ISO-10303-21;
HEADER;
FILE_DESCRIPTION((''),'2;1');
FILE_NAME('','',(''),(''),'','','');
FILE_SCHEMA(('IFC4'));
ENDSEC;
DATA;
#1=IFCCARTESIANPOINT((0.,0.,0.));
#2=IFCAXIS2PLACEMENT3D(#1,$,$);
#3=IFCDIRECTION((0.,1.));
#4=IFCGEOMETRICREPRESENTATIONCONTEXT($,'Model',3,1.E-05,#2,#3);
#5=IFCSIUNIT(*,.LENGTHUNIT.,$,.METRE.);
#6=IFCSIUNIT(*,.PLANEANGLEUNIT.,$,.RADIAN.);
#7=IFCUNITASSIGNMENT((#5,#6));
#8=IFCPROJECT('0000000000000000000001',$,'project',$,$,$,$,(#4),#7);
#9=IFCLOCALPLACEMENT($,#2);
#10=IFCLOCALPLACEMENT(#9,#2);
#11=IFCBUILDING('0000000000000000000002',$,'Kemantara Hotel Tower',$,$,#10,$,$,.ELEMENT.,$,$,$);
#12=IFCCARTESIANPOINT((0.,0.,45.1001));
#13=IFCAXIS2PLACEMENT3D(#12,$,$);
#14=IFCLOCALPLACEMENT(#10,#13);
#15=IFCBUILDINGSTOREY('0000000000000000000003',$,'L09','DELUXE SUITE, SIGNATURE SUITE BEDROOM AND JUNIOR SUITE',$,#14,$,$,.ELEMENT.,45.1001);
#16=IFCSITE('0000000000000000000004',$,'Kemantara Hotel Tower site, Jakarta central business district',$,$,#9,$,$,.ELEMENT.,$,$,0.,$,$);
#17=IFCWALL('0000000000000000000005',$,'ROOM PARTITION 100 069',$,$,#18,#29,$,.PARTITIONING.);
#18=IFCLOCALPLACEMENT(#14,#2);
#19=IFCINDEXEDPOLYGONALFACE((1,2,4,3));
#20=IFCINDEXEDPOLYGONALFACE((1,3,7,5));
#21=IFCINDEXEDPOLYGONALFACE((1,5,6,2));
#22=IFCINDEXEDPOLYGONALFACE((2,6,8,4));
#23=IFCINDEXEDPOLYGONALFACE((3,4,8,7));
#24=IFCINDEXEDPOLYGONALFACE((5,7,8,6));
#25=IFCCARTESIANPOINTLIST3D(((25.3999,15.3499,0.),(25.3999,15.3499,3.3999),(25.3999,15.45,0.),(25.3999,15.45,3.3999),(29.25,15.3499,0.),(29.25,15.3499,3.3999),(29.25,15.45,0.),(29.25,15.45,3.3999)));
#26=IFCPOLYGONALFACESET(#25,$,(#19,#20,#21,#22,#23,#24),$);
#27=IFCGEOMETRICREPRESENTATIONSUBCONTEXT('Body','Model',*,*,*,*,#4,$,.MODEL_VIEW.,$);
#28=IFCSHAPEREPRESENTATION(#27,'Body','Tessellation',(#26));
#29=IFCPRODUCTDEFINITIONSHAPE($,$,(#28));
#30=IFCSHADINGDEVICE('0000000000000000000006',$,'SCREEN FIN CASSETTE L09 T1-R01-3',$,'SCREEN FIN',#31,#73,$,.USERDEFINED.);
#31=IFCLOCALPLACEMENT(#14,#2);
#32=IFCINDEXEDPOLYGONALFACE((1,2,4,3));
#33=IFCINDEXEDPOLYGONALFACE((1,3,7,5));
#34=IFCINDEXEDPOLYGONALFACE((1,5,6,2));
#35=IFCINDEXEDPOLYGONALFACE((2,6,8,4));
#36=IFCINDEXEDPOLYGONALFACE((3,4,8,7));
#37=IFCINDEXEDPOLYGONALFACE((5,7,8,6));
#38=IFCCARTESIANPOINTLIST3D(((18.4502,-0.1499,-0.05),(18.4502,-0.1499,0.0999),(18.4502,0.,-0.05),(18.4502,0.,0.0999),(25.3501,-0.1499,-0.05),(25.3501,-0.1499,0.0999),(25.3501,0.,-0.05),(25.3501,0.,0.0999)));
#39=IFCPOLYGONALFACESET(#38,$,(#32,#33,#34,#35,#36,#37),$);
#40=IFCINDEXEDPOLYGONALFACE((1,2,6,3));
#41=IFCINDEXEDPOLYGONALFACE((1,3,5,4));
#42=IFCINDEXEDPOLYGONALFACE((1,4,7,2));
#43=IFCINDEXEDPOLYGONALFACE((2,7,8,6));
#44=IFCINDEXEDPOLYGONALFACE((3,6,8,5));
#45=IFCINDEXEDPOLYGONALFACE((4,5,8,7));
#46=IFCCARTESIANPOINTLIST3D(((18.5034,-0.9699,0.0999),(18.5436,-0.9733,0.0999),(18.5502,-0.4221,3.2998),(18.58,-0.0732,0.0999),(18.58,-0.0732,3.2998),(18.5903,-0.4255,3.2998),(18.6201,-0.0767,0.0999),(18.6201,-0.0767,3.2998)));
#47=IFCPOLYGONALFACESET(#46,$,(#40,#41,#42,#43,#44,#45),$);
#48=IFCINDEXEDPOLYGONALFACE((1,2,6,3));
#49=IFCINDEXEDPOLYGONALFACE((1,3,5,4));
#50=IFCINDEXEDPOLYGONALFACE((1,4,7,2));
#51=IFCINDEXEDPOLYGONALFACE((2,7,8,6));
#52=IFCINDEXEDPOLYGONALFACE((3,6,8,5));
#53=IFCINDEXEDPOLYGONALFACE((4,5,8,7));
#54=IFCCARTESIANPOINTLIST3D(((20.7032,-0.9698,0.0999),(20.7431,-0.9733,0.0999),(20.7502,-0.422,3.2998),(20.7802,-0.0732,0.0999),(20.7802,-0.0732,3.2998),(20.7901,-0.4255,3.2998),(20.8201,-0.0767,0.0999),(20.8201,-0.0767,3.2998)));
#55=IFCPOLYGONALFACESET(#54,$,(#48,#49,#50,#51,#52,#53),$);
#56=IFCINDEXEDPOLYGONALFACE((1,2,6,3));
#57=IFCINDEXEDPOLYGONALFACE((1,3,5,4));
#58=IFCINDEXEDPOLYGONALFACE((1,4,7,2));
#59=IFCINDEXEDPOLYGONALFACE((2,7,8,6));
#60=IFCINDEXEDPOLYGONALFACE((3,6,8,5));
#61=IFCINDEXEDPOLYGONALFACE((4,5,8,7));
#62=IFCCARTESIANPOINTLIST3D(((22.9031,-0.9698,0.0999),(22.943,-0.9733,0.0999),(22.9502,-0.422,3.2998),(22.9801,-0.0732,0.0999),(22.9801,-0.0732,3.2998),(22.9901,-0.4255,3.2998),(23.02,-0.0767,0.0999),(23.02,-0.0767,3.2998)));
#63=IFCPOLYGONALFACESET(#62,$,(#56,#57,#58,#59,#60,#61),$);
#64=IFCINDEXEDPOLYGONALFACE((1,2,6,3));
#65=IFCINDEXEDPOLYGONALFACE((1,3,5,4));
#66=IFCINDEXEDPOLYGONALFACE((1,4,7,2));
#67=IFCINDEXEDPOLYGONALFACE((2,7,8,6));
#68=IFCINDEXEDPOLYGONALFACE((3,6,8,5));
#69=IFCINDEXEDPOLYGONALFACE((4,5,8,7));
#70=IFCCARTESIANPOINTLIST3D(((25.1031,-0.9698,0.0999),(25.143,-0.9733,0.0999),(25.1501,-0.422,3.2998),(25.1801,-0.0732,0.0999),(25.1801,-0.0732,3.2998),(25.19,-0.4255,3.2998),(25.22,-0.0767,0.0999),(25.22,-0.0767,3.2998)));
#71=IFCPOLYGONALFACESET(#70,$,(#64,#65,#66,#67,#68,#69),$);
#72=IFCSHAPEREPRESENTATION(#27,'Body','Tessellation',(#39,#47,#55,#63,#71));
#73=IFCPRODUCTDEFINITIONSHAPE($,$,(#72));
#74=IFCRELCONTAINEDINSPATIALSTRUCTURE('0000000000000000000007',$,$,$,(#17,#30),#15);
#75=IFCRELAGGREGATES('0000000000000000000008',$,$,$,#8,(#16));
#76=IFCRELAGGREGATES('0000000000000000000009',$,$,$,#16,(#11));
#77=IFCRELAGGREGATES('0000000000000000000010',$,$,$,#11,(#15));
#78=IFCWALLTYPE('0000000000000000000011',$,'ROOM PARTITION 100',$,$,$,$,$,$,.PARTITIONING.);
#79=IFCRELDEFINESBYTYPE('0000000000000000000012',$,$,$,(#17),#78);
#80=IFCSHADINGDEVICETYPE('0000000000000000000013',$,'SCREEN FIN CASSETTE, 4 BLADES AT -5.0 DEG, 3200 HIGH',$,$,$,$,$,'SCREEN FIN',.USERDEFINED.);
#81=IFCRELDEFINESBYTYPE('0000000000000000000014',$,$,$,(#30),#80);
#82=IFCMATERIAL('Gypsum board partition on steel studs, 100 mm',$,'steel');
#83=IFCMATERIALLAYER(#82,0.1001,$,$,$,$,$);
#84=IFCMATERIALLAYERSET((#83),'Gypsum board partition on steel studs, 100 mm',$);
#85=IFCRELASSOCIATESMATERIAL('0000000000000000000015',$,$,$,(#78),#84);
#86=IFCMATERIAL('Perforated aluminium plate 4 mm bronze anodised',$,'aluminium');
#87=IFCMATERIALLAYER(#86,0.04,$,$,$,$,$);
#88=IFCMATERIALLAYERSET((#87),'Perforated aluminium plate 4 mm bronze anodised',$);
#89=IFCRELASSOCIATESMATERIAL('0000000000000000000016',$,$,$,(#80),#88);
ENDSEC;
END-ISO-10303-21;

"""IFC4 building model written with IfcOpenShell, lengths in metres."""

from ifc_helpers import new_model, si_unit, direction, frame, frame_2d, origin, origin_2d, place, context, subcontext, project, spatial, polyline, rectangle, outline, extrude, source, transform, mapped, material, layer, layer_set, type_object, element, save


model = new_model("IFC4")

# Units and contexts
model_context = context("Model", 3, precision=1e-05, world=origin(), true_north=direction((0.0, 1.0)))
body_context = subcontext(model_context, "Body", "Model", "MODEL_VIEW")
ifc_project = project(units=[si_unit("LENGTHUNIT", "METRE"), si_unit("PLANEANGLEUNIT", "RADIAN")], contexts=[model_context])

# Site, building, storey
site_placement = place(None, origin())
site = spatial("IfcSite", under=ifc_project, at=site_placement, Name="Kemantara Hotel Tower site, Jakarta central business district", CompositionType="ELEMENT", RefElevation=0.0)
building_placement = place(site_placement, origin())
building = spatial("IfcBuilding", under=site, at=building_placement, Name="Kemantara Hotel Tower", CompositionType="ELEMENT")
storey_placement = place(building_placement, frame((0.0, 0.0, 45.1001)))
storey = spatial("IfcBuildingStorey", under=building, at=storey_placement, Name="L09", Description="DELUXE SUITE, SIGNATURE SUITE BEDROOM AND JUNIOR SUITE", CompositionType="ELEMENT", Elevation=45.1001)

# Wall
ifc_material_1 = material(Name="Gypsum board partition on steel studs, 100 mm", Category="steel")
ifc_layer_1 = layer(ifc_material_1, 0.1001)
ifc_layer_set_1 = layer_set([ifc_layer_1], Name="Gypsum board partition on steel studs, 100 mm")
wall_type_1 = type_object("IfcWallType", Name="ROOM PARTITION 100", PredefinedType="PARTITIONING", material=ifc_layer_set_1)
wall_1_placement = place(storey_placement, frame((25.3999, 15.3999, 0.0), z_axis=(0.0, 0.0, 1.0), x_axis=(1.0, 0.0, 0.0)))
element("IfcWall", 1, at=wall_1_placement, inside=storey, type_object=wall_type_1, Name="ROOM PARTITION 100 069", PredefinedType="PARTITIONING", context=body_context, shape_type="SweptSolid", body=[
    extrude(rectangle(XDim=3.8501, YDim=0.1001, at=frame_2d((1.925, 0.0))), origin(), (0.0, 0.0, 1.0), 3.3999),
])

# Shading device
ifc_material_2 = material(Name="Perforated aluminium plate 4 mm bronze anodised", Category="aluminium")
ifc_layer_2 = layer(ifc_material_2, 0.04)
ifc_layer_set_2 = layer_set([ifc_layer_2], Name="Perforated aluminium plate 4 mm bronze anodised")
shading_device_type = type_object("IfcShadingDeviceType", Name="SCREEN FIN CASSETTE, 4 BLADES AT -5.0 DEG, 3200 HIGH", ElementType="SCREEN FIN", PredefinedType="USERDEFINED", material=ifc_layer_set_2)
shared_shape = source(origin(), body_context, "Body", "SweptSolid", [
    extrude(rectangle(XDim=6.8999, YDim=0.1499, at=origin_2d()), frame((3.3, -0.075, -0.1499), z_axis=(0.0, 0.0, 1.0), x_axis=(1.0, 0.0, 0.0)), (0.0, 0.0, 1.0), 0.1499),
    extrude(outline(polyline([(0.0, 0.0), (0.8999, 0.0), (0.3501, 3.2), (0.0, 3.2), (0.0, 0.0)])), frame((0.02, -0.0767, 0.0), z_axis=(-0.996376, 0.085056, 0.0), x_axis=(-0.085056, -0.996376, 0.0)), (0.0, 0.0, 1.0), 0.0403),
    extrude(outline(polyline([(0.0, 0.0), (0.8999, 0.0), (0.3501, 3.2), (0.0, 3.2), (0.0, 0.0)])), frame((2.22, -0.0767, 0.0), z_axis=(-0.996332, 0.085575, 0.0), x_axis=(-0.085575, -0.996332, 0.0)), (0.0, 0.0, 1.0), 0.04),
    extrude(outline(polyline([(0.0, 0.0), (0.8999, 0.0), (0.3501, 3.2), (0.0, 3.2), (0.0, 0.0)])), frame((4.4199, -0.0767, 0.0), z_axis=(-0.996332, 0.085575, 0.0), x_axis=(-0.085575, -0.996332, 0.0)), (0.0, 0.0, 1.0), 0.04),
    extrude(outline(polyline([(0.0, 0.0), (0.8999, 0.0), (0.3501, 3.2), (0.0, 3.2), (0.0, 0.0)])), frame((6.6199, -0.0767, 0.0), z_axis=(-0.996332, 0.085575, 0.0), x_axis=(-0.085575, -0.996332, 0.0)), (0.0, 0.0, 1.0), 0.04),
])
shading_device_placement = place(storey_placement, frame((18.6001, 0.0, 0.0999), z_axis=(0.0, 0.0, 1.0), x_axis=(1.0, 0.0, 0.0)))
element("IfcShadingDevice", 2, at=shading_device_placement, inside=storey, type_object=shading_device_type, Name="SCREEN FIN CASSETTE L09 T1-R01-3", ObjectType="SCREEN FIN", PredefinedType="USERDEFINED", context=body_context, shape_type="MappedRepresentation", body=[
    mapped(shared_shape, transform((0.0, 0.0, 0.0))),
])

save(model, "model.ifc")
